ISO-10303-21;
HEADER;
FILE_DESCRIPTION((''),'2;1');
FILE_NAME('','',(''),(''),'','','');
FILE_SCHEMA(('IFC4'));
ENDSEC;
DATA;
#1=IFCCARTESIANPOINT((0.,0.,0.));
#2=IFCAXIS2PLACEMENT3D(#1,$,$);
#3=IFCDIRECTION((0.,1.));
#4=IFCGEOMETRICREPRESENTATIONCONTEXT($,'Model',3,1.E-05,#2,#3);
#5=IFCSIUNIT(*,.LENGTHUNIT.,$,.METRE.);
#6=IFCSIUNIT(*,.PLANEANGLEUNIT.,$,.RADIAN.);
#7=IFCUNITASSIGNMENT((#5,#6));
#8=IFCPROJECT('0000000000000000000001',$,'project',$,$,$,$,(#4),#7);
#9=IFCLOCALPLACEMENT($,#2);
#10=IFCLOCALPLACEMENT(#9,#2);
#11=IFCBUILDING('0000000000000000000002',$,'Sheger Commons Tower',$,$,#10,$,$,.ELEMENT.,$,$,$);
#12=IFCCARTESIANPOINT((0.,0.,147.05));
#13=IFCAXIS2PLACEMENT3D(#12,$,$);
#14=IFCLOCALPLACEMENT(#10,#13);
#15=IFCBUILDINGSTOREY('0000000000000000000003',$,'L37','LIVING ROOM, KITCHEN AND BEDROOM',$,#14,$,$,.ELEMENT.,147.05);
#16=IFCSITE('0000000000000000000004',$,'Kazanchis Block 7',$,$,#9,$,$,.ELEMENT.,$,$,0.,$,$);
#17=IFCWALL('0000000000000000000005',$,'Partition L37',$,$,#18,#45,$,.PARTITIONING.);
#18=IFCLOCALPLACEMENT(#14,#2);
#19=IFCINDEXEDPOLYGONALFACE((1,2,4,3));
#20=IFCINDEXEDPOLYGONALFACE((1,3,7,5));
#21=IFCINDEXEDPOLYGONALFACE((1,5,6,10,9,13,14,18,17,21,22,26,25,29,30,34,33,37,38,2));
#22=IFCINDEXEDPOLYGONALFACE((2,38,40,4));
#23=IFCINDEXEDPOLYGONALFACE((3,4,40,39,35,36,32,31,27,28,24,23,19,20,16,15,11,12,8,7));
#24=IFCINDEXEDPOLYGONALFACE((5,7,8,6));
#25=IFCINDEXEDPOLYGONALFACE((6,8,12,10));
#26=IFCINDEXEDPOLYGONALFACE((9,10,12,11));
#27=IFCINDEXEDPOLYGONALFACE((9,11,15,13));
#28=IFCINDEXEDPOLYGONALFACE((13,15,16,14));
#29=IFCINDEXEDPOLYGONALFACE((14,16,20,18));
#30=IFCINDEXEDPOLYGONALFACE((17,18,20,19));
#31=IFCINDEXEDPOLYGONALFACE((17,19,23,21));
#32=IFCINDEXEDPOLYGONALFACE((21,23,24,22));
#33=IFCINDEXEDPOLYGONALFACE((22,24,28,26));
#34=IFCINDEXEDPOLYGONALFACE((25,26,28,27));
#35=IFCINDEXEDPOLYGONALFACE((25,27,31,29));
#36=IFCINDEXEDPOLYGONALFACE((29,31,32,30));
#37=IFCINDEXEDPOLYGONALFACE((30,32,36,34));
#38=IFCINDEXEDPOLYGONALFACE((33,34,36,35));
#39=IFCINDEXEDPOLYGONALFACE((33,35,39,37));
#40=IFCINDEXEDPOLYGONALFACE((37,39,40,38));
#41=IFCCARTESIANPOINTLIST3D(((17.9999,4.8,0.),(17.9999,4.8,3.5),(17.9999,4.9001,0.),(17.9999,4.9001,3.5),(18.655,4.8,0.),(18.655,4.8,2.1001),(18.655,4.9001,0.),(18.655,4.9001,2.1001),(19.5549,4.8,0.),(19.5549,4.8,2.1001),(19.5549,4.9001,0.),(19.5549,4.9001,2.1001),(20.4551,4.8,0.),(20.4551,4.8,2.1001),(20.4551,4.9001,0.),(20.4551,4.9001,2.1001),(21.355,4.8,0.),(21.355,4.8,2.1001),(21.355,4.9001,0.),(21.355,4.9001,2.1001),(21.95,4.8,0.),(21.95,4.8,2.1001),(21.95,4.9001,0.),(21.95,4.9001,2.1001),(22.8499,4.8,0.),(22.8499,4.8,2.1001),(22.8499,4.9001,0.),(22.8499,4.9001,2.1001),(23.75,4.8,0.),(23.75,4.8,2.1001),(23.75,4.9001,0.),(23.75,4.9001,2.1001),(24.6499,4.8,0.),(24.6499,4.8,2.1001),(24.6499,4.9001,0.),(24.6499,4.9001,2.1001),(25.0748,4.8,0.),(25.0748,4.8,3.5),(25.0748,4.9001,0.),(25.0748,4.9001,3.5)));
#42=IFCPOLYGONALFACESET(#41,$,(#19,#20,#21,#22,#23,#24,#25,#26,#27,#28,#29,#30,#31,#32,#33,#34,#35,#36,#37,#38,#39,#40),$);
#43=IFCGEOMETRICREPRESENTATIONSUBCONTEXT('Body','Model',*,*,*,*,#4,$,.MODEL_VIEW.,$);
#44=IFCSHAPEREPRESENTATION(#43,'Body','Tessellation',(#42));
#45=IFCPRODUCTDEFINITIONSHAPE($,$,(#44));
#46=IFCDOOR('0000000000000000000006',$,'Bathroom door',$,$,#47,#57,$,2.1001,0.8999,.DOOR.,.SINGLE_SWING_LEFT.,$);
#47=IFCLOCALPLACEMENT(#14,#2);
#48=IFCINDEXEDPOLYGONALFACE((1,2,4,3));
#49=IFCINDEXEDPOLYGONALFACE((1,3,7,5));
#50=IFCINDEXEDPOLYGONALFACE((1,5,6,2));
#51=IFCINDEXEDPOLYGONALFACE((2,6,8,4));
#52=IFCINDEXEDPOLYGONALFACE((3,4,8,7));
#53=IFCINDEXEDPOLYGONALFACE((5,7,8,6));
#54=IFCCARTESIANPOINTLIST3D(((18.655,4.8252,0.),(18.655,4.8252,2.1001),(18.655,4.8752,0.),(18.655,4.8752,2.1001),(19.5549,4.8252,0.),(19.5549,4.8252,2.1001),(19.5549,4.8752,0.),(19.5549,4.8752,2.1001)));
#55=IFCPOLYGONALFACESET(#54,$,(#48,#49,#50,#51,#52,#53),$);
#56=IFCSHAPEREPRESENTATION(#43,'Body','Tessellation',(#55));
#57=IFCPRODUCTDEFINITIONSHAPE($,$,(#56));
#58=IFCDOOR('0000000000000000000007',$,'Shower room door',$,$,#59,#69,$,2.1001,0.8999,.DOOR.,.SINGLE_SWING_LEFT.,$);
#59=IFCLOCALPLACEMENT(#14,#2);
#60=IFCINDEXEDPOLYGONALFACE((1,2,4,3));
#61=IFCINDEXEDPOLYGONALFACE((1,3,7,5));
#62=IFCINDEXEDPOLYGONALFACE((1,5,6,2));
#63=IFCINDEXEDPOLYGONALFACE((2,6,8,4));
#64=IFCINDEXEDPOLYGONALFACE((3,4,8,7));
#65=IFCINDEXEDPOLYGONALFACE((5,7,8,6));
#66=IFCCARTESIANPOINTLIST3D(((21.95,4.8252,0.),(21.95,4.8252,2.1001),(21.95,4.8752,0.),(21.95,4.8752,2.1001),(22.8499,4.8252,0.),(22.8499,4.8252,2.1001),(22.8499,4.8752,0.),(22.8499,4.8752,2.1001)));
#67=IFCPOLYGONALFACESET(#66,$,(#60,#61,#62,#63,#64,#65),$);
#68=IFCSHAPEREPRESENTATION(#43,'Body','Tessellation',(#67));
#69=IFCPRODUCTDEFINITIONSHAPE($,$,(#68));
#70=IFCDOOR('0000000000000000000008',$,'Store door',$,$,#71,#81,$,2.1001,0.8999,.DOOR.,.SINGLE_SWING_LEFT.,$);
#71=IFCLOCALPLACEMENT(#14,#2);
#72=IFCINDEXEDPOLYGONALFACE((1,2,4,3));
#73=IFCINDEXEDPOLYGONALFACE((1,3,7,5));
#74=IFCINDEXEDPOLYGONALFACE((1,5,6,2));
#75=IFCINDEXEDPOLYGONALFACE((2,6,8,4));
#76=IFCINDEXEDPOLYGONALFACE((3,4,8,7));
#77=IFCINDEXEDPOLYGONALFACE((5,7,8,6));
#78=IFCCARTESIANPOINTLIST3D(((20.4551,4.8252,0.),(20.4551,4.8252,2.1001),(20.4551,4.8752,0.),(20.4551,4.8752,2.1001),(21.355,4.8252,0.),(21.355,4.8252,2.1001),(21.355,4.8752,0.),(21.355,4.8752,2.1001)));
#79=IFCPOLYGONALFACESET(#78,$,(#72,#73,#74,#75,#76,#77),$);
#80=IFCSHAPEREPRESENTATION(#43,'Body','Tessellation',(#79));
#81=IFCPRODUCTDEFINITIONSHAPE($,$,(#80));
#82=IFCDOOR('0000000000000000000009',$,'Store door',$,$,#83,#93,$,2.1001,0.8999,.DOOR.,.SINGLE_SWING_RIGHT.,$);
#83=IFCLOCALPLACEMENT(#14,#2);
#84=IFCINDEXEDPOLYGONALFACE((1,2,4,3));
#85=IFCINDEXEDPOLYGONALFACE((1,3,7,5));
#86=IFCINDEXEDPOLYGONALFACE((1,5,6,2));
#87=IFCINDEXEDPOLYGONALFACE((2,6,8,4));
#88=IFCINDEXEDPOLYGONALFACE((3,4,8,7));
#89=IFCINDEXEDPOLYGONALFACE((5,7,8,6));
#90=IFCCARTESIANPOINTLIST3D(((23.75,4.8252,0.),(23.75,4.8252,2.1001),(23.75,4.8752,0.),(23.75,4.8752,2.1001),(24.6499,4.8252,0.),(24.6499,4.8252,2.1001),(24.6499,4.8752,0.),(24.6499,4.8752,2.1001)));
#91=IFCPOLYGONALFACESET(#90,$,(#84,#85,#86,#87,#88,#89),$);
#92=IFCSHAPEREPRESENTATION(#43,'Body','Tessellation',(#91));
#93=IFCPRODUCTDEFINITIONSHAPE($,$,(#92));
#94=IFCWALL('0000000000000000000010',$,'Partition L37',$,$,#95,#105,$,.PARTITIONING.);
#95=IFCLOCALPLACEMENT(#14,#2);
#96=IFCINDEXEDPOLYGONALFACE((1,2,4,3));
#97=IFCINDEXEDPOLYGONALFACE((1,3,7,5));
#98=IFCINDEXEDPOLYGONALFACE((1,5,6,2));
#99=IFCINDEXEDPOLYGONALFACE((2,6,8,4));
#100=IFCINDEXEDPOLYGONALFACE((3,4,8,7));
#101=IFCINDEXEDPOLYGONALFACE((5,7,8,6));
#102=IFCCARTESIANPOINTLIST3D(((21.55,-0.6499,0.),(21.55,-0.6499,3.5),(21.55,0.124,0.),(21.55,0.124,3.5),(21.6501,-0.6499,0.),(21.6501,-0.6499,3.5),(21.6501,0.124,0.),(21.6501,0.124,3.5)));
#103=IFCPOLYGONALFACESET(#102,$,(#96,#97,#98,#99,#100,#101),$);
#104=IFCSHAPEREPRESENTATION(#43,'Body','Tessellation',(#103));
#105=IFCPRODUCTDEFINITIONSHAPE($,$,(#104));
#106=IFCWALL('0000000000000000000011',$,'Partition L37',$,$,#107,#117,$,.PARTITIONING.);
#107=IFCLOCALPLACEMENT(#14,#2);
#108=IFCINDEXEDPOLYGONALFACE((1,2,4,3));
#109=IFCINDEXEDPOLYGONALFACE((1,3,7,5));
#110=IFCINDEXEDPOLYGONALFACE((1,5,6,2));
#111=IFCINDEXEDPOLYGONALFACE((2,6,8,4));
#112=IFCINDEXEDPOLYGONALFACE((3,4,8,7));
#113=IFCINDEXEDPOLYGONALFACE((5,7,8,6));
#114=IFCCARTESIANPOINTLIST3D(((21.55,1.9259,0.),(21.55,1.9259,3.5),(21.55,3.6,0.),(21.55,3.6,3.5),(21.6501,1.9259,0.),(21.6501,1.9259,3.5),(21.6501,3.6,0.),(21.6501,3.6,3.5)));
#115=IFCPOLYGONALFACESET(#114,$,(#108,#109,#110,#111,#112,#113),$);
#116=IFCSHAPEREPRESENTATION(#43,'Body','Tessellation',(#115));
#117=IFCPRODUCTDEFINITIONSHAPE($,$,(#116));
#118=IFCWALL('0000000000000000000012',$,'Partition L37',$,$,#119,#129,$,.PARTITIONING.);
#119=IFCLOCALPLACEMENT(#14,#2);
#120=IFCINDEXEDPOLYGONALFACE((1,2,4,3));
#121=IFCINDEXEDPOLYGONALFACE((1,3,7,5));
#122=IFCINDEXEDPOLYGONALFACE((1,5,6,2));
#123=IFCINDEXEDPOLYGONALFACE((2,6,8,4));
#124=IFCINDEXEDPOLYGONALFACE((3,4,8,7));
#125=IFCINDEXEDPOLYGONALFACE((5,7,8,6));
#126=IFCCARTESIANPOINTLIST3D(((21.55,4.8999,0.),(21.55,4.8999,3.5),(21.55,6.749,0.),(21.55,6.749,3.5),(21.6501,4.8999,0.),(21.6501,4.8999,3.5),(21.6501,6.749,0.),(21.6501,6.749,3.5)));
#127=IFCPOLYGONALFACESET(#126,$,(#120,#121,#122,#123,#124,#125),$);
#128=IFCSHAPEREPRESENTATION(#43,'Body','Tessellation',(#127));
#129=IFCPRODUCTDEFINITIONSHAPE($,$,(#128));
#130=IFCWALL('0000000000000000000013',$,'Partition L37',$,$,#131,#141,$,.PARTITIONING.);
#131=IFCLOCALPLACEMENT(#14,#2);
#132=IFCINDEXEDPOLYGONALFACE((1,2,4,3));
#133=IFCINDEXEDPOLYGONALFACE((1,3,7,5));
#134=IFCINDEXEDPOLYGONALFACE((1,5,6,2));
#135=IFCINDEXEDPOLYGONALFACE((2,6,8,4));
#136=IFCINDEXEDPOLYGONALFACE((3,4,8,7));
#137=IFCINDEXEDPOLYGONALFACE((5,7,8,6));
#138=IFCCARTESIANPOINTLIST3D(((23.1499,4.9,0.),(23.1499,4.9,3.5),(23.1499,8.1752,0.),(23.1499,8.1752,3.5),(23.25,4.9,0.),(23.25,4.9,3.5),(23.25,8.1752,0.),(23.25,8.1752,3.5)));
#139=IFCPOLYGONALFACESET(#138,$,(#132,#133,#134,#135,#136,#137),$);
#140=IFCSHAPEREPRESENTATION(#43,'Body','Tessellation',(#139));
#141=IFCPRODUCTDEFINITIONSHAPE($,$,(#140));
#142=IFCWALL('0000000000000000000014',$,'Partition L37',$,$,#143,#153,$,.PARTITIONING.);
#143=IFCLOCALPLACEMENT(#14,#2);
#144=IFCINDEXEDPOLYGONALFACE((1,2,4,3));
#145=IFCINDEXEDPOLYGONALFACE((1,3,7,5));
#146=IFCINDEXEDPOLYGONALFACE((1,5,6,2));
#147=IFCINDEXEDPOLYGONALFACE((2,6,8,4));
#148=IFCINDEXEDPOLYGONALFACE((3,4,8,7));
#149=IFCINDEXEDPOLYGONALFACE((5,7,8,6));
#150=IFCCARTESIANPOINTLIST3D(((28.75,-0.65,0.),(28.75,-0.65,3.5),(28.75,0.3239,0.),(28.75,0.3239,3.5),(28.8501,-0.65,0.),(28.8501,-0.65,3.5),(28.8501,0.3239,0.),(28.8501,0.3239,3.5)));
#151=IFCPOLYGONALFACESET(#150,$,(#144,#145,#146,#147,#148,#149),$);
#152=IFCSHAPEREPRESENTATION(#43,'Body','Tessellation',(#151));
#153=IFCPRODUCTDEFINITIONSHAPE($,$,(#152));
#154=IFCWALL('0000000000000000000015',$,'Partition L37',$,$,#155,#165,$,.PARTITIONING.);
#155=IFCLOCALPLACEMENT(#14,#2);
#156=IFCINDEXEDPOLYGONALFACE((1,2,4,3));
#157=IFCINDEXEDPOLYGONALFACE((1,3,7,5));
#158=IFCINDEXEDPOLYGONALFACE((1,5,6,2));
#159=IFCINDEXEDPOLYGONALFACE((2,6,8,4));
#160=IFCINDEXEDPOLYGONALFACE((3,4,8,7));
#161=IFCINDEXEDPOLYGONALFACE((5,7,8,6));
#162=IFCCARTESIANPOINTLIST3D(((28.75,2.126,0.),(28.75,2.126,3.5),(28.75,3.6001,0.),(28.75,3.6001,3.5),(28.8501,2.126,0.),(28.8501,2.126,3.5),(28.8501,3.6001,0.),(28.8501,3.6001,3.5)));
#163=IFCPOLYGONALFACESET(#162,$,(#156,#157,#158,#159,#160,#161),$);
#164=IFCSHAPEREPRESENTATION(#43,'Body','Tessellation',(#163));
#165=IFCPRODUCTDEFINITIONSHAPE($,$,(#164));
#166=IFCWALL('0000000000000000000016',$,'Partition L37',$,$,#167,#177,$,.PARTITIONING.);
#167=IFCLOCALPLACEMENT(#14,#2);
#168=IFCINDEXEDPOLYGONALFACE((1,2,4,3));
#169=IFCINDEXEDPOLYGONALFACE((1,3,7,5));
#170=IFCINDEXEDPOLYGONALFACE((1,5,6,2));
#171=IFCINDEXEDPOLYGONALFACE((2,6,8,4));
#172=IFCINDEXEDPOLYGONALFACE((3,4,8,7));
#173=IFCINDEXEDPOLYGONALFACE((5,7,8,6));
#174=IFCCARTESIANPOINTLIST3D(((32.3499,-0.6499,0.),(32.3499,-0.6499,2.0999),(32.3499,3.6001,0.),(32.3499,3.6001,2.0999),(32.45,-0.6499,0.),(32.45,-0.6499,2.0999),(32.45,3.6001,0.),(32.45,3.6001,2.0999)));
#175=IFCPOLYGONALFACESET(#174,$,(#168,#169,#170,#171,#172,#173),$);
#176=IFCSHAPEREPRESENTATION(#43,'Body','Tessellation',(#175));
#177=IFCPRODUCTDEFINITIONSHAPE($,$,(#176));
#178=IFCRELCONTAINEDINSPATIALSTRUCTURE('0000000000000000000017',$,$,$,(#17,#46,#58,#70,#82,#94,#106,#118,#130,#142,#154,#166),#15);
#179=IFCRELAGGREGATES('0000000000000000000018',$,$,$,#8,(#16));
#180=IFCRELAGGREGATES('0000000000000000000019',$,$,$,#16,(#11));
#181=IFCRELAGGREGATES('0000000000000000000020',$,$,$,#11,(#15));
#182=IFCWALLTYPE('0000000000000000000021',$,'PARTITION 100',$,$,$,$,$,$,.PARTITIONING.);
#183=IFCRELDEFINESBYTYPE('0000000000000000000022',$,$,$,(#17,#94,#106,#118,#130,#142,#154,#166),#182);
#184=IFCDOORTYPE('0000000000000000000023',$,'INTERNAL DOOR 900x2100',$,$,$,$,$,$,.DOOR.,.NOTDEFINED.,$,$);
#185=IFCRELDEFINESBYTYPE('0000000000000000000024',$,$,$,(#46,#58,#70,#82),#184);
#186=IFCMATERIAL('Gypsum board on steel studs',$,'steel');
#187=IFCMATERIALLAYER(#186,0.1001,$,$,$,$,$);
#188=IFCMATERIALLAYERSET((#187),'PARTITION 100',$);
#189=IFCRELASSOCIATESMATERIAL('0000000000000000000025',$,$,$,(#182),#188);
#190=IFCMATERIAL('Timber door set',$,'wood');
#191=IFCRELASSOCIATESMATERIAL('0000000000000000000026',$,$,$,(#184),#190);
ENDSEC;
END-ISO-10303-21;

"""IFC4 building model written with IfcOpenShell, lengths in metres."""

from ifc_helpers import new_model, si_unit, direction, frame, frame_2d, origin, place, context, subcontext, project, spatial, rectangle, extrude, material, layer, layer_set, type_object, element, fill, save


model = new_model("IFC4")

# Units and contexts
model_context = context("Model", 3, precision=1e-05, world=origin(), true_north=direction((0.0, 1.0)))
body_context = subcontext(model_context, "Body", "Model", "MODEL_VIEW")
ifc_project = project(units=[si_unit("LENGTHUNIT", "METRE"), si_unit("PLANEANGLEUNIT", "RADIAN")], contexts=[model_context])

# Site, building, storey
site_placement = place(None, origin())
site = spatial("IfcSite", under=ifc_project, at=site_placement, Name="Kazanchis Block 7", CompositionType="ELEMENT", RefElevation=0.0)
building_placement = place(site_placement, origin())
building = spatial("IfcBuilding", under=site, at=building_placement, Name="Sheger Commons Tower", CompositionType="ELEMENT")
storey_placement = place(building_placement, frame((0.0, 0.0, 147.05)))
storey = spatial("IfcBuildingStorey", under=building, at=storey_placement, Name="L37", Description="LIVING ROOM, KITCHEN AND BEDROOM", CompositionType="ELEMENT", Elevation=147.05)

# Wall, openings, doors
ifc_material_1 = material(Name="Gypsum board on steel studs", Category="steel")
ifc_layer_1 = layer(ifc_material_1, 0.1001)
ifc_layer_set_1 = layer_set([ifc_layer_1], Name="PARTITION 100")
wall_type_1 = type_object("IfcWallType", Name="PARTITION 100", PredefinedType="PARTITIONING", material=ifc_layer_set_1)
ifc_material_2 = material(Name="Timber door set", Category="wood")
door_type = type_object("IfcDoorType", Name="INTERNAL DOOR 900x2100", OperationType="NOTDEFINED", PredefinedType="DOOR", material=ifc_material_2)
wall_1_placement = place(storey_placement, frame((25.075, 4.8501, 0.0), z_axis=(0.0, 0.0, 1.0), x_axis=(-1.0, 0.0, 0.0)))
wall_1 = element("IfcWall", 1, at=wall_1_placement, inside=storey, type_object=wall_type_1, Name="Partition L37", PredefinedType="PARTITIONING", context=body_context, shape_type="SweptSolid", body=[
    extrude(rectangle(XDim=7.075, YDim=0.1001, at=frame_2d((3.5376, 0.0))), origin(), (0.0, 0.0, 1.0), 3.5),
])
opening_1_placement = place(wall_1_placement, frame((5.52, 0.0, 0.0)))
opening_1 = element("IfcOpeningElement", 2, at=opening_1_placement, cuts=wall_1, PredefinedType="OPENING", context=body_context, shape_type="SweptSolid", body=[
    extrude(rectangle(XDim=0.8999, YDim=2.1001, at=frame_2d((0.45, 1.05))), frame((0.0, 0.0601, 0.0), z_axis=(0.0, -1.0, 0.0), x_axis=(1.0, 0.0, 0.0)), (0.0, 0.0, 1.0), 0.1201),
])
opening_2_placement = place(wall_1_placement, frame((2.2251, 0.0, 0.0)))
opening_2 = element("IfcOpeningElement", 3, at=opening_2_placement, cuts=wall_1, PredefinedType="OPENING", context=body_context, shape_type="SweptSolid", body=[
    extrude(rectangle(XDim=0.8999, YDim=2.1001, at=frame_2d((0.45, 1.05))), frame((0.0, 0.0601, 0.0), z_axis=(0.0, -1.0, 0.0), x_axis=(1.0, 0.0, 0.0)), (0.0, 0.0, 1.0), 0.1201),
])
opening_3_placement = place(wall_1_placement, frame((3.72, 0.0, 0.0)))
opening_3 = element("IfcOpeningElement", 4, at=opening_3_placement, cuts=wall_1, PredefinedType="OPENING", context=body_context, shape_type="SweptSolid", body=[
    extrude(rectangle(XDim=0.8999, YDim=2.1001, at=frame_2d((0.45, 1.05))), frame((0.0, 0.0601, 0.0), z_axis=(0.0, -1.0, 0.0), x_axis=(1.0, 0.0, 0.0)), (0.0, 0.0, 1.0), 0.1201),
])
opening_4_placement = place(wall_1_placement, frame((0.425, 0.0, 0.0)))
opening_4 = element("IfcOpeningElement", 5, at=opening_4_placement, cuts=wall_1, PredefinedType="OPENING", context=body_context, shape_type="SweptSolid", body=[
    extrude(rectangle(XDim=0.8999, YDim=2.1001, at=frame_2d((0.45, 1.05))), frame((0.0, 0.0601, 0.0), z_axis=(0.0, -1.0, 0.0), x_axis=(1.0, 0.0, 0.0)), (0.0, 0.0, 1.0), 0.1201),
])
door_1_placement = place(opening_1_placement, origin())
door_1 = element("IfcDoor", 6, at=door_1_placement, inside=storey, type_object=door_type, Name="Bathroom door", OperationType="SINGLE_SWING_LEFT", OverallHeight=2.1001, OverallWidth=0.8999, PredefinedType="DOOR", context=body_context, shape_type="SweptSolid", body=[
    extrude(rectangle(XDim=0.8999, YDim=2.1001, at=frame_2d((0.45, 1.05))), frame((0.0, 0.0249, 0.0), z_axis=(0.0, -1.0, 0.0), x_axis=(1.0, 0.0, 0.0)), (0.0, 0.0, 1.0), 0.05),
])
fill(opening_1, door_1)
door_2_placement = place(opening_2_placement, origin())
door_2 = element("IfcDoor", 7, at=door_2_placement, inside=storey, type_object=door_type, Name="Shower room door", OperationType="SINGLE_SWING_LEFT", OverallHeight=2.1001, OverallWidth=0.8999, PredefinedType="DOOR", context=body_context, shape_type="SweptSolid", body=[
    extrude(rectangle(XDim=0.8999, YDim=2.1001, at=frame_2d((0.45, 1.05))), frame((0.0, 0.0249, 0.0), z_axis=(0.0, -1.0, 0.0), x_axis=(1.0, 0.0, 0.0)), (0.0, 0.0, 1.0), 0.05),
])
fill(opening_2, door_2)
door_3_placement = place(opening_3_placement, origin())
door_3 = element("IfcDoor", 8, at=door_3_placement, inside=storey, type_object=door_type, Name="Store door", OperationType="SINGLE_SWING_LEFT", OverallHeight=2.1001, OverallWidth=0.8999, PredefinedType="DOOR", context=body_context, shape_type="SweptSolid", body=[
    extrude(rectangle(XDim=0.8999, YDim=2.1001, at=frame_2d((0.45, 1.05))), frame((0.0, 0.0249, 0.0), z_axis=(0.0, -1.0, 0.0), x_axis=(1.0, 0.0, 0.0)), (0.0, 0.0, 1.0), 0.05),
])
fill(opening_3, door_3)
door_4_placement = place(opening_4_placement, origin())
door_4 = element("IfcDoor", 9, at=door_4_placement, inside=storey, type_object=door_type, Name="Store door", OperationType="SINGLE_SWING_RIGHT", OverallHeight=2.1001, OverallWidth=0.8999, PredefinedType="DOOR", context=body_context, shape_type="SweptSolid", body=[
    extrude(rectangle(XDim=0.8999, YDim=2.1001, at=frame_2d((0.45, 1.05))), frame((0.0, 0.0249, 0.0), z_axis=(0.0, -1.0, 0.0), x_axis=(1.0, 0.0, 0.0)), (0.0, 0.0, 1.0), 0.05),
])
fill(opening_4, door_4)

# Walls
wall_2_placement = place(storey_placement, frame((21.6001, -0.6499, 0.0), z_axis=(0.0, 0.0, 1.0), x_axis=(0.0, 1.0, 0.0)))
element("IfcWall", 10, at=wall_2_placement, inside=storey, type_object=wall_type_1, Name="Partition L37", PredefinedType="PARTITIONING", context=body_context, shape_type="SweptSolid", body=[
    extrude(rectangle(XDim=0.7739, YDim=0.1001, at=frame_2d((0.387, 0.0))), origin(), (0.0, 0.0, 1.0), 3.5),
])
wall_3_placement = place(storey_placement, frame((21.6001, 1.926, 0.0), z_axis=(0.0, 0.0, 1.0), x_axis=(0.0, 1.0, 0.0)))
element("IfcWall", 11, at=wall_3_placement, inside=storey, type_object=wall_type_1, Name="Partition L37", PredefinedType="PARTITIONING", context=body_context, shape_type="SweptSolid", body=[
    extrude(rectangle(XDim=1.6741, YDim=0.1001, at=frame_2d((0.8369, 0.0))), origin(), (0.0, 0.0, 1.0), 3.5),
])
wall_4_placement = place(storey_placement, frame((21.6001, 4.8999, 0.0), z_axis=(0.0, 0.0, 1.0), x_axis=(0.0, 1.0, 0.0)))
element("IfcWall", 12, at=wall_4_placement, inside=storey, type_object=wall_type_1, Name="Partition L37", PredefinedType="PARTITIONING", context=body_context, shape_type="SweptSolid", body=[
    extrude(rectangle(XDim=1.8491, YDim=0.1001, at=frame_2d((0.9246, 0.0))), origin(), (0.0, 0.0, 1.0), 3.5),
])
wall_5_placement = place(storey_placement, frame((23.2, 4.8999, 0.0), z_axis=(0.0, 0.0, 1.0), x_axis=(0.0, 1.0, 0.0)))
element("IfcWall", 13, at=wall_5_placement, inside=storey, type_object=wall_type_1, Name="Partition L37", PredefinedType="PARTITIONING", context=body_context, shape_type="SweptSolid", body=[
    extrude(rectangle(XDim=3.2751, YDim=0.1001, at=frame_2d((1.6377, 0.0))), origin(), (0.0, 0.0, 1.0), 3.5),
])
wall_6_placement = place(storey_placement, frame((28.8, -0.6499, 0.0), z_axis=(0.0, 0.0, 1.0), x_axis=(0.0, 1.0, 0.0)))
element("IfcWall", 14, at=wall_6_placement, inside=storey, type_object=wall_type_1, Name="Partition L37", PredefinedType="PARTITIONING", context=body_context, shape_type="SweptSolid", body=[
    extrude(rectangle(XDim=0.9739, YDim=0.1001, at=frame_2d((0.4868, 0.0))), origin(), (0.0, 0.0, 1.0), 3.5),
])
wall_7_placement = place(storey_placement, frame((28.8, 2.126, 0.0), z_axis=(0.0, 0.0, 1.0), x_axis=(0.0, 1.0, 0.0)))
element("IfcWall", 15, at=wall_7_placement, inside=storey, type_object=wall_type_1, Name="Partition L37", PredefinedType="PARTITIONING", context=body_context, shape_type="SweptSolid", body=[
    extrude(rectangle(XDim=1.4741, YDim=0.1001, at=frame_2d((0.7371, 0.0))), origin(), (0.0, 0.0, 1.0), 3.5),
])
wall_8_placement = place(storey_placement, frame((32.3999, -0.6499, 0.0), z_axis=(0.0, 0.0, 1.0), x_axis=(0.0, 1.0, 0.0)))
element("IfcWall", 16, at=wall_8_placement, inside=storey, type_object=wall_type_1, Name="Partition L37", PredefinedType="PARTITIONING", context=body_context, shape_type="SweptSolid", body=[
    extrude(rectangle(XDim=4.25, YDim=0.1001, at=frame_2d((2.125, 0.0))), origin(), (0.0, 0.0, 1.0), 2.0999),
])

save(model, "model.ifc")
